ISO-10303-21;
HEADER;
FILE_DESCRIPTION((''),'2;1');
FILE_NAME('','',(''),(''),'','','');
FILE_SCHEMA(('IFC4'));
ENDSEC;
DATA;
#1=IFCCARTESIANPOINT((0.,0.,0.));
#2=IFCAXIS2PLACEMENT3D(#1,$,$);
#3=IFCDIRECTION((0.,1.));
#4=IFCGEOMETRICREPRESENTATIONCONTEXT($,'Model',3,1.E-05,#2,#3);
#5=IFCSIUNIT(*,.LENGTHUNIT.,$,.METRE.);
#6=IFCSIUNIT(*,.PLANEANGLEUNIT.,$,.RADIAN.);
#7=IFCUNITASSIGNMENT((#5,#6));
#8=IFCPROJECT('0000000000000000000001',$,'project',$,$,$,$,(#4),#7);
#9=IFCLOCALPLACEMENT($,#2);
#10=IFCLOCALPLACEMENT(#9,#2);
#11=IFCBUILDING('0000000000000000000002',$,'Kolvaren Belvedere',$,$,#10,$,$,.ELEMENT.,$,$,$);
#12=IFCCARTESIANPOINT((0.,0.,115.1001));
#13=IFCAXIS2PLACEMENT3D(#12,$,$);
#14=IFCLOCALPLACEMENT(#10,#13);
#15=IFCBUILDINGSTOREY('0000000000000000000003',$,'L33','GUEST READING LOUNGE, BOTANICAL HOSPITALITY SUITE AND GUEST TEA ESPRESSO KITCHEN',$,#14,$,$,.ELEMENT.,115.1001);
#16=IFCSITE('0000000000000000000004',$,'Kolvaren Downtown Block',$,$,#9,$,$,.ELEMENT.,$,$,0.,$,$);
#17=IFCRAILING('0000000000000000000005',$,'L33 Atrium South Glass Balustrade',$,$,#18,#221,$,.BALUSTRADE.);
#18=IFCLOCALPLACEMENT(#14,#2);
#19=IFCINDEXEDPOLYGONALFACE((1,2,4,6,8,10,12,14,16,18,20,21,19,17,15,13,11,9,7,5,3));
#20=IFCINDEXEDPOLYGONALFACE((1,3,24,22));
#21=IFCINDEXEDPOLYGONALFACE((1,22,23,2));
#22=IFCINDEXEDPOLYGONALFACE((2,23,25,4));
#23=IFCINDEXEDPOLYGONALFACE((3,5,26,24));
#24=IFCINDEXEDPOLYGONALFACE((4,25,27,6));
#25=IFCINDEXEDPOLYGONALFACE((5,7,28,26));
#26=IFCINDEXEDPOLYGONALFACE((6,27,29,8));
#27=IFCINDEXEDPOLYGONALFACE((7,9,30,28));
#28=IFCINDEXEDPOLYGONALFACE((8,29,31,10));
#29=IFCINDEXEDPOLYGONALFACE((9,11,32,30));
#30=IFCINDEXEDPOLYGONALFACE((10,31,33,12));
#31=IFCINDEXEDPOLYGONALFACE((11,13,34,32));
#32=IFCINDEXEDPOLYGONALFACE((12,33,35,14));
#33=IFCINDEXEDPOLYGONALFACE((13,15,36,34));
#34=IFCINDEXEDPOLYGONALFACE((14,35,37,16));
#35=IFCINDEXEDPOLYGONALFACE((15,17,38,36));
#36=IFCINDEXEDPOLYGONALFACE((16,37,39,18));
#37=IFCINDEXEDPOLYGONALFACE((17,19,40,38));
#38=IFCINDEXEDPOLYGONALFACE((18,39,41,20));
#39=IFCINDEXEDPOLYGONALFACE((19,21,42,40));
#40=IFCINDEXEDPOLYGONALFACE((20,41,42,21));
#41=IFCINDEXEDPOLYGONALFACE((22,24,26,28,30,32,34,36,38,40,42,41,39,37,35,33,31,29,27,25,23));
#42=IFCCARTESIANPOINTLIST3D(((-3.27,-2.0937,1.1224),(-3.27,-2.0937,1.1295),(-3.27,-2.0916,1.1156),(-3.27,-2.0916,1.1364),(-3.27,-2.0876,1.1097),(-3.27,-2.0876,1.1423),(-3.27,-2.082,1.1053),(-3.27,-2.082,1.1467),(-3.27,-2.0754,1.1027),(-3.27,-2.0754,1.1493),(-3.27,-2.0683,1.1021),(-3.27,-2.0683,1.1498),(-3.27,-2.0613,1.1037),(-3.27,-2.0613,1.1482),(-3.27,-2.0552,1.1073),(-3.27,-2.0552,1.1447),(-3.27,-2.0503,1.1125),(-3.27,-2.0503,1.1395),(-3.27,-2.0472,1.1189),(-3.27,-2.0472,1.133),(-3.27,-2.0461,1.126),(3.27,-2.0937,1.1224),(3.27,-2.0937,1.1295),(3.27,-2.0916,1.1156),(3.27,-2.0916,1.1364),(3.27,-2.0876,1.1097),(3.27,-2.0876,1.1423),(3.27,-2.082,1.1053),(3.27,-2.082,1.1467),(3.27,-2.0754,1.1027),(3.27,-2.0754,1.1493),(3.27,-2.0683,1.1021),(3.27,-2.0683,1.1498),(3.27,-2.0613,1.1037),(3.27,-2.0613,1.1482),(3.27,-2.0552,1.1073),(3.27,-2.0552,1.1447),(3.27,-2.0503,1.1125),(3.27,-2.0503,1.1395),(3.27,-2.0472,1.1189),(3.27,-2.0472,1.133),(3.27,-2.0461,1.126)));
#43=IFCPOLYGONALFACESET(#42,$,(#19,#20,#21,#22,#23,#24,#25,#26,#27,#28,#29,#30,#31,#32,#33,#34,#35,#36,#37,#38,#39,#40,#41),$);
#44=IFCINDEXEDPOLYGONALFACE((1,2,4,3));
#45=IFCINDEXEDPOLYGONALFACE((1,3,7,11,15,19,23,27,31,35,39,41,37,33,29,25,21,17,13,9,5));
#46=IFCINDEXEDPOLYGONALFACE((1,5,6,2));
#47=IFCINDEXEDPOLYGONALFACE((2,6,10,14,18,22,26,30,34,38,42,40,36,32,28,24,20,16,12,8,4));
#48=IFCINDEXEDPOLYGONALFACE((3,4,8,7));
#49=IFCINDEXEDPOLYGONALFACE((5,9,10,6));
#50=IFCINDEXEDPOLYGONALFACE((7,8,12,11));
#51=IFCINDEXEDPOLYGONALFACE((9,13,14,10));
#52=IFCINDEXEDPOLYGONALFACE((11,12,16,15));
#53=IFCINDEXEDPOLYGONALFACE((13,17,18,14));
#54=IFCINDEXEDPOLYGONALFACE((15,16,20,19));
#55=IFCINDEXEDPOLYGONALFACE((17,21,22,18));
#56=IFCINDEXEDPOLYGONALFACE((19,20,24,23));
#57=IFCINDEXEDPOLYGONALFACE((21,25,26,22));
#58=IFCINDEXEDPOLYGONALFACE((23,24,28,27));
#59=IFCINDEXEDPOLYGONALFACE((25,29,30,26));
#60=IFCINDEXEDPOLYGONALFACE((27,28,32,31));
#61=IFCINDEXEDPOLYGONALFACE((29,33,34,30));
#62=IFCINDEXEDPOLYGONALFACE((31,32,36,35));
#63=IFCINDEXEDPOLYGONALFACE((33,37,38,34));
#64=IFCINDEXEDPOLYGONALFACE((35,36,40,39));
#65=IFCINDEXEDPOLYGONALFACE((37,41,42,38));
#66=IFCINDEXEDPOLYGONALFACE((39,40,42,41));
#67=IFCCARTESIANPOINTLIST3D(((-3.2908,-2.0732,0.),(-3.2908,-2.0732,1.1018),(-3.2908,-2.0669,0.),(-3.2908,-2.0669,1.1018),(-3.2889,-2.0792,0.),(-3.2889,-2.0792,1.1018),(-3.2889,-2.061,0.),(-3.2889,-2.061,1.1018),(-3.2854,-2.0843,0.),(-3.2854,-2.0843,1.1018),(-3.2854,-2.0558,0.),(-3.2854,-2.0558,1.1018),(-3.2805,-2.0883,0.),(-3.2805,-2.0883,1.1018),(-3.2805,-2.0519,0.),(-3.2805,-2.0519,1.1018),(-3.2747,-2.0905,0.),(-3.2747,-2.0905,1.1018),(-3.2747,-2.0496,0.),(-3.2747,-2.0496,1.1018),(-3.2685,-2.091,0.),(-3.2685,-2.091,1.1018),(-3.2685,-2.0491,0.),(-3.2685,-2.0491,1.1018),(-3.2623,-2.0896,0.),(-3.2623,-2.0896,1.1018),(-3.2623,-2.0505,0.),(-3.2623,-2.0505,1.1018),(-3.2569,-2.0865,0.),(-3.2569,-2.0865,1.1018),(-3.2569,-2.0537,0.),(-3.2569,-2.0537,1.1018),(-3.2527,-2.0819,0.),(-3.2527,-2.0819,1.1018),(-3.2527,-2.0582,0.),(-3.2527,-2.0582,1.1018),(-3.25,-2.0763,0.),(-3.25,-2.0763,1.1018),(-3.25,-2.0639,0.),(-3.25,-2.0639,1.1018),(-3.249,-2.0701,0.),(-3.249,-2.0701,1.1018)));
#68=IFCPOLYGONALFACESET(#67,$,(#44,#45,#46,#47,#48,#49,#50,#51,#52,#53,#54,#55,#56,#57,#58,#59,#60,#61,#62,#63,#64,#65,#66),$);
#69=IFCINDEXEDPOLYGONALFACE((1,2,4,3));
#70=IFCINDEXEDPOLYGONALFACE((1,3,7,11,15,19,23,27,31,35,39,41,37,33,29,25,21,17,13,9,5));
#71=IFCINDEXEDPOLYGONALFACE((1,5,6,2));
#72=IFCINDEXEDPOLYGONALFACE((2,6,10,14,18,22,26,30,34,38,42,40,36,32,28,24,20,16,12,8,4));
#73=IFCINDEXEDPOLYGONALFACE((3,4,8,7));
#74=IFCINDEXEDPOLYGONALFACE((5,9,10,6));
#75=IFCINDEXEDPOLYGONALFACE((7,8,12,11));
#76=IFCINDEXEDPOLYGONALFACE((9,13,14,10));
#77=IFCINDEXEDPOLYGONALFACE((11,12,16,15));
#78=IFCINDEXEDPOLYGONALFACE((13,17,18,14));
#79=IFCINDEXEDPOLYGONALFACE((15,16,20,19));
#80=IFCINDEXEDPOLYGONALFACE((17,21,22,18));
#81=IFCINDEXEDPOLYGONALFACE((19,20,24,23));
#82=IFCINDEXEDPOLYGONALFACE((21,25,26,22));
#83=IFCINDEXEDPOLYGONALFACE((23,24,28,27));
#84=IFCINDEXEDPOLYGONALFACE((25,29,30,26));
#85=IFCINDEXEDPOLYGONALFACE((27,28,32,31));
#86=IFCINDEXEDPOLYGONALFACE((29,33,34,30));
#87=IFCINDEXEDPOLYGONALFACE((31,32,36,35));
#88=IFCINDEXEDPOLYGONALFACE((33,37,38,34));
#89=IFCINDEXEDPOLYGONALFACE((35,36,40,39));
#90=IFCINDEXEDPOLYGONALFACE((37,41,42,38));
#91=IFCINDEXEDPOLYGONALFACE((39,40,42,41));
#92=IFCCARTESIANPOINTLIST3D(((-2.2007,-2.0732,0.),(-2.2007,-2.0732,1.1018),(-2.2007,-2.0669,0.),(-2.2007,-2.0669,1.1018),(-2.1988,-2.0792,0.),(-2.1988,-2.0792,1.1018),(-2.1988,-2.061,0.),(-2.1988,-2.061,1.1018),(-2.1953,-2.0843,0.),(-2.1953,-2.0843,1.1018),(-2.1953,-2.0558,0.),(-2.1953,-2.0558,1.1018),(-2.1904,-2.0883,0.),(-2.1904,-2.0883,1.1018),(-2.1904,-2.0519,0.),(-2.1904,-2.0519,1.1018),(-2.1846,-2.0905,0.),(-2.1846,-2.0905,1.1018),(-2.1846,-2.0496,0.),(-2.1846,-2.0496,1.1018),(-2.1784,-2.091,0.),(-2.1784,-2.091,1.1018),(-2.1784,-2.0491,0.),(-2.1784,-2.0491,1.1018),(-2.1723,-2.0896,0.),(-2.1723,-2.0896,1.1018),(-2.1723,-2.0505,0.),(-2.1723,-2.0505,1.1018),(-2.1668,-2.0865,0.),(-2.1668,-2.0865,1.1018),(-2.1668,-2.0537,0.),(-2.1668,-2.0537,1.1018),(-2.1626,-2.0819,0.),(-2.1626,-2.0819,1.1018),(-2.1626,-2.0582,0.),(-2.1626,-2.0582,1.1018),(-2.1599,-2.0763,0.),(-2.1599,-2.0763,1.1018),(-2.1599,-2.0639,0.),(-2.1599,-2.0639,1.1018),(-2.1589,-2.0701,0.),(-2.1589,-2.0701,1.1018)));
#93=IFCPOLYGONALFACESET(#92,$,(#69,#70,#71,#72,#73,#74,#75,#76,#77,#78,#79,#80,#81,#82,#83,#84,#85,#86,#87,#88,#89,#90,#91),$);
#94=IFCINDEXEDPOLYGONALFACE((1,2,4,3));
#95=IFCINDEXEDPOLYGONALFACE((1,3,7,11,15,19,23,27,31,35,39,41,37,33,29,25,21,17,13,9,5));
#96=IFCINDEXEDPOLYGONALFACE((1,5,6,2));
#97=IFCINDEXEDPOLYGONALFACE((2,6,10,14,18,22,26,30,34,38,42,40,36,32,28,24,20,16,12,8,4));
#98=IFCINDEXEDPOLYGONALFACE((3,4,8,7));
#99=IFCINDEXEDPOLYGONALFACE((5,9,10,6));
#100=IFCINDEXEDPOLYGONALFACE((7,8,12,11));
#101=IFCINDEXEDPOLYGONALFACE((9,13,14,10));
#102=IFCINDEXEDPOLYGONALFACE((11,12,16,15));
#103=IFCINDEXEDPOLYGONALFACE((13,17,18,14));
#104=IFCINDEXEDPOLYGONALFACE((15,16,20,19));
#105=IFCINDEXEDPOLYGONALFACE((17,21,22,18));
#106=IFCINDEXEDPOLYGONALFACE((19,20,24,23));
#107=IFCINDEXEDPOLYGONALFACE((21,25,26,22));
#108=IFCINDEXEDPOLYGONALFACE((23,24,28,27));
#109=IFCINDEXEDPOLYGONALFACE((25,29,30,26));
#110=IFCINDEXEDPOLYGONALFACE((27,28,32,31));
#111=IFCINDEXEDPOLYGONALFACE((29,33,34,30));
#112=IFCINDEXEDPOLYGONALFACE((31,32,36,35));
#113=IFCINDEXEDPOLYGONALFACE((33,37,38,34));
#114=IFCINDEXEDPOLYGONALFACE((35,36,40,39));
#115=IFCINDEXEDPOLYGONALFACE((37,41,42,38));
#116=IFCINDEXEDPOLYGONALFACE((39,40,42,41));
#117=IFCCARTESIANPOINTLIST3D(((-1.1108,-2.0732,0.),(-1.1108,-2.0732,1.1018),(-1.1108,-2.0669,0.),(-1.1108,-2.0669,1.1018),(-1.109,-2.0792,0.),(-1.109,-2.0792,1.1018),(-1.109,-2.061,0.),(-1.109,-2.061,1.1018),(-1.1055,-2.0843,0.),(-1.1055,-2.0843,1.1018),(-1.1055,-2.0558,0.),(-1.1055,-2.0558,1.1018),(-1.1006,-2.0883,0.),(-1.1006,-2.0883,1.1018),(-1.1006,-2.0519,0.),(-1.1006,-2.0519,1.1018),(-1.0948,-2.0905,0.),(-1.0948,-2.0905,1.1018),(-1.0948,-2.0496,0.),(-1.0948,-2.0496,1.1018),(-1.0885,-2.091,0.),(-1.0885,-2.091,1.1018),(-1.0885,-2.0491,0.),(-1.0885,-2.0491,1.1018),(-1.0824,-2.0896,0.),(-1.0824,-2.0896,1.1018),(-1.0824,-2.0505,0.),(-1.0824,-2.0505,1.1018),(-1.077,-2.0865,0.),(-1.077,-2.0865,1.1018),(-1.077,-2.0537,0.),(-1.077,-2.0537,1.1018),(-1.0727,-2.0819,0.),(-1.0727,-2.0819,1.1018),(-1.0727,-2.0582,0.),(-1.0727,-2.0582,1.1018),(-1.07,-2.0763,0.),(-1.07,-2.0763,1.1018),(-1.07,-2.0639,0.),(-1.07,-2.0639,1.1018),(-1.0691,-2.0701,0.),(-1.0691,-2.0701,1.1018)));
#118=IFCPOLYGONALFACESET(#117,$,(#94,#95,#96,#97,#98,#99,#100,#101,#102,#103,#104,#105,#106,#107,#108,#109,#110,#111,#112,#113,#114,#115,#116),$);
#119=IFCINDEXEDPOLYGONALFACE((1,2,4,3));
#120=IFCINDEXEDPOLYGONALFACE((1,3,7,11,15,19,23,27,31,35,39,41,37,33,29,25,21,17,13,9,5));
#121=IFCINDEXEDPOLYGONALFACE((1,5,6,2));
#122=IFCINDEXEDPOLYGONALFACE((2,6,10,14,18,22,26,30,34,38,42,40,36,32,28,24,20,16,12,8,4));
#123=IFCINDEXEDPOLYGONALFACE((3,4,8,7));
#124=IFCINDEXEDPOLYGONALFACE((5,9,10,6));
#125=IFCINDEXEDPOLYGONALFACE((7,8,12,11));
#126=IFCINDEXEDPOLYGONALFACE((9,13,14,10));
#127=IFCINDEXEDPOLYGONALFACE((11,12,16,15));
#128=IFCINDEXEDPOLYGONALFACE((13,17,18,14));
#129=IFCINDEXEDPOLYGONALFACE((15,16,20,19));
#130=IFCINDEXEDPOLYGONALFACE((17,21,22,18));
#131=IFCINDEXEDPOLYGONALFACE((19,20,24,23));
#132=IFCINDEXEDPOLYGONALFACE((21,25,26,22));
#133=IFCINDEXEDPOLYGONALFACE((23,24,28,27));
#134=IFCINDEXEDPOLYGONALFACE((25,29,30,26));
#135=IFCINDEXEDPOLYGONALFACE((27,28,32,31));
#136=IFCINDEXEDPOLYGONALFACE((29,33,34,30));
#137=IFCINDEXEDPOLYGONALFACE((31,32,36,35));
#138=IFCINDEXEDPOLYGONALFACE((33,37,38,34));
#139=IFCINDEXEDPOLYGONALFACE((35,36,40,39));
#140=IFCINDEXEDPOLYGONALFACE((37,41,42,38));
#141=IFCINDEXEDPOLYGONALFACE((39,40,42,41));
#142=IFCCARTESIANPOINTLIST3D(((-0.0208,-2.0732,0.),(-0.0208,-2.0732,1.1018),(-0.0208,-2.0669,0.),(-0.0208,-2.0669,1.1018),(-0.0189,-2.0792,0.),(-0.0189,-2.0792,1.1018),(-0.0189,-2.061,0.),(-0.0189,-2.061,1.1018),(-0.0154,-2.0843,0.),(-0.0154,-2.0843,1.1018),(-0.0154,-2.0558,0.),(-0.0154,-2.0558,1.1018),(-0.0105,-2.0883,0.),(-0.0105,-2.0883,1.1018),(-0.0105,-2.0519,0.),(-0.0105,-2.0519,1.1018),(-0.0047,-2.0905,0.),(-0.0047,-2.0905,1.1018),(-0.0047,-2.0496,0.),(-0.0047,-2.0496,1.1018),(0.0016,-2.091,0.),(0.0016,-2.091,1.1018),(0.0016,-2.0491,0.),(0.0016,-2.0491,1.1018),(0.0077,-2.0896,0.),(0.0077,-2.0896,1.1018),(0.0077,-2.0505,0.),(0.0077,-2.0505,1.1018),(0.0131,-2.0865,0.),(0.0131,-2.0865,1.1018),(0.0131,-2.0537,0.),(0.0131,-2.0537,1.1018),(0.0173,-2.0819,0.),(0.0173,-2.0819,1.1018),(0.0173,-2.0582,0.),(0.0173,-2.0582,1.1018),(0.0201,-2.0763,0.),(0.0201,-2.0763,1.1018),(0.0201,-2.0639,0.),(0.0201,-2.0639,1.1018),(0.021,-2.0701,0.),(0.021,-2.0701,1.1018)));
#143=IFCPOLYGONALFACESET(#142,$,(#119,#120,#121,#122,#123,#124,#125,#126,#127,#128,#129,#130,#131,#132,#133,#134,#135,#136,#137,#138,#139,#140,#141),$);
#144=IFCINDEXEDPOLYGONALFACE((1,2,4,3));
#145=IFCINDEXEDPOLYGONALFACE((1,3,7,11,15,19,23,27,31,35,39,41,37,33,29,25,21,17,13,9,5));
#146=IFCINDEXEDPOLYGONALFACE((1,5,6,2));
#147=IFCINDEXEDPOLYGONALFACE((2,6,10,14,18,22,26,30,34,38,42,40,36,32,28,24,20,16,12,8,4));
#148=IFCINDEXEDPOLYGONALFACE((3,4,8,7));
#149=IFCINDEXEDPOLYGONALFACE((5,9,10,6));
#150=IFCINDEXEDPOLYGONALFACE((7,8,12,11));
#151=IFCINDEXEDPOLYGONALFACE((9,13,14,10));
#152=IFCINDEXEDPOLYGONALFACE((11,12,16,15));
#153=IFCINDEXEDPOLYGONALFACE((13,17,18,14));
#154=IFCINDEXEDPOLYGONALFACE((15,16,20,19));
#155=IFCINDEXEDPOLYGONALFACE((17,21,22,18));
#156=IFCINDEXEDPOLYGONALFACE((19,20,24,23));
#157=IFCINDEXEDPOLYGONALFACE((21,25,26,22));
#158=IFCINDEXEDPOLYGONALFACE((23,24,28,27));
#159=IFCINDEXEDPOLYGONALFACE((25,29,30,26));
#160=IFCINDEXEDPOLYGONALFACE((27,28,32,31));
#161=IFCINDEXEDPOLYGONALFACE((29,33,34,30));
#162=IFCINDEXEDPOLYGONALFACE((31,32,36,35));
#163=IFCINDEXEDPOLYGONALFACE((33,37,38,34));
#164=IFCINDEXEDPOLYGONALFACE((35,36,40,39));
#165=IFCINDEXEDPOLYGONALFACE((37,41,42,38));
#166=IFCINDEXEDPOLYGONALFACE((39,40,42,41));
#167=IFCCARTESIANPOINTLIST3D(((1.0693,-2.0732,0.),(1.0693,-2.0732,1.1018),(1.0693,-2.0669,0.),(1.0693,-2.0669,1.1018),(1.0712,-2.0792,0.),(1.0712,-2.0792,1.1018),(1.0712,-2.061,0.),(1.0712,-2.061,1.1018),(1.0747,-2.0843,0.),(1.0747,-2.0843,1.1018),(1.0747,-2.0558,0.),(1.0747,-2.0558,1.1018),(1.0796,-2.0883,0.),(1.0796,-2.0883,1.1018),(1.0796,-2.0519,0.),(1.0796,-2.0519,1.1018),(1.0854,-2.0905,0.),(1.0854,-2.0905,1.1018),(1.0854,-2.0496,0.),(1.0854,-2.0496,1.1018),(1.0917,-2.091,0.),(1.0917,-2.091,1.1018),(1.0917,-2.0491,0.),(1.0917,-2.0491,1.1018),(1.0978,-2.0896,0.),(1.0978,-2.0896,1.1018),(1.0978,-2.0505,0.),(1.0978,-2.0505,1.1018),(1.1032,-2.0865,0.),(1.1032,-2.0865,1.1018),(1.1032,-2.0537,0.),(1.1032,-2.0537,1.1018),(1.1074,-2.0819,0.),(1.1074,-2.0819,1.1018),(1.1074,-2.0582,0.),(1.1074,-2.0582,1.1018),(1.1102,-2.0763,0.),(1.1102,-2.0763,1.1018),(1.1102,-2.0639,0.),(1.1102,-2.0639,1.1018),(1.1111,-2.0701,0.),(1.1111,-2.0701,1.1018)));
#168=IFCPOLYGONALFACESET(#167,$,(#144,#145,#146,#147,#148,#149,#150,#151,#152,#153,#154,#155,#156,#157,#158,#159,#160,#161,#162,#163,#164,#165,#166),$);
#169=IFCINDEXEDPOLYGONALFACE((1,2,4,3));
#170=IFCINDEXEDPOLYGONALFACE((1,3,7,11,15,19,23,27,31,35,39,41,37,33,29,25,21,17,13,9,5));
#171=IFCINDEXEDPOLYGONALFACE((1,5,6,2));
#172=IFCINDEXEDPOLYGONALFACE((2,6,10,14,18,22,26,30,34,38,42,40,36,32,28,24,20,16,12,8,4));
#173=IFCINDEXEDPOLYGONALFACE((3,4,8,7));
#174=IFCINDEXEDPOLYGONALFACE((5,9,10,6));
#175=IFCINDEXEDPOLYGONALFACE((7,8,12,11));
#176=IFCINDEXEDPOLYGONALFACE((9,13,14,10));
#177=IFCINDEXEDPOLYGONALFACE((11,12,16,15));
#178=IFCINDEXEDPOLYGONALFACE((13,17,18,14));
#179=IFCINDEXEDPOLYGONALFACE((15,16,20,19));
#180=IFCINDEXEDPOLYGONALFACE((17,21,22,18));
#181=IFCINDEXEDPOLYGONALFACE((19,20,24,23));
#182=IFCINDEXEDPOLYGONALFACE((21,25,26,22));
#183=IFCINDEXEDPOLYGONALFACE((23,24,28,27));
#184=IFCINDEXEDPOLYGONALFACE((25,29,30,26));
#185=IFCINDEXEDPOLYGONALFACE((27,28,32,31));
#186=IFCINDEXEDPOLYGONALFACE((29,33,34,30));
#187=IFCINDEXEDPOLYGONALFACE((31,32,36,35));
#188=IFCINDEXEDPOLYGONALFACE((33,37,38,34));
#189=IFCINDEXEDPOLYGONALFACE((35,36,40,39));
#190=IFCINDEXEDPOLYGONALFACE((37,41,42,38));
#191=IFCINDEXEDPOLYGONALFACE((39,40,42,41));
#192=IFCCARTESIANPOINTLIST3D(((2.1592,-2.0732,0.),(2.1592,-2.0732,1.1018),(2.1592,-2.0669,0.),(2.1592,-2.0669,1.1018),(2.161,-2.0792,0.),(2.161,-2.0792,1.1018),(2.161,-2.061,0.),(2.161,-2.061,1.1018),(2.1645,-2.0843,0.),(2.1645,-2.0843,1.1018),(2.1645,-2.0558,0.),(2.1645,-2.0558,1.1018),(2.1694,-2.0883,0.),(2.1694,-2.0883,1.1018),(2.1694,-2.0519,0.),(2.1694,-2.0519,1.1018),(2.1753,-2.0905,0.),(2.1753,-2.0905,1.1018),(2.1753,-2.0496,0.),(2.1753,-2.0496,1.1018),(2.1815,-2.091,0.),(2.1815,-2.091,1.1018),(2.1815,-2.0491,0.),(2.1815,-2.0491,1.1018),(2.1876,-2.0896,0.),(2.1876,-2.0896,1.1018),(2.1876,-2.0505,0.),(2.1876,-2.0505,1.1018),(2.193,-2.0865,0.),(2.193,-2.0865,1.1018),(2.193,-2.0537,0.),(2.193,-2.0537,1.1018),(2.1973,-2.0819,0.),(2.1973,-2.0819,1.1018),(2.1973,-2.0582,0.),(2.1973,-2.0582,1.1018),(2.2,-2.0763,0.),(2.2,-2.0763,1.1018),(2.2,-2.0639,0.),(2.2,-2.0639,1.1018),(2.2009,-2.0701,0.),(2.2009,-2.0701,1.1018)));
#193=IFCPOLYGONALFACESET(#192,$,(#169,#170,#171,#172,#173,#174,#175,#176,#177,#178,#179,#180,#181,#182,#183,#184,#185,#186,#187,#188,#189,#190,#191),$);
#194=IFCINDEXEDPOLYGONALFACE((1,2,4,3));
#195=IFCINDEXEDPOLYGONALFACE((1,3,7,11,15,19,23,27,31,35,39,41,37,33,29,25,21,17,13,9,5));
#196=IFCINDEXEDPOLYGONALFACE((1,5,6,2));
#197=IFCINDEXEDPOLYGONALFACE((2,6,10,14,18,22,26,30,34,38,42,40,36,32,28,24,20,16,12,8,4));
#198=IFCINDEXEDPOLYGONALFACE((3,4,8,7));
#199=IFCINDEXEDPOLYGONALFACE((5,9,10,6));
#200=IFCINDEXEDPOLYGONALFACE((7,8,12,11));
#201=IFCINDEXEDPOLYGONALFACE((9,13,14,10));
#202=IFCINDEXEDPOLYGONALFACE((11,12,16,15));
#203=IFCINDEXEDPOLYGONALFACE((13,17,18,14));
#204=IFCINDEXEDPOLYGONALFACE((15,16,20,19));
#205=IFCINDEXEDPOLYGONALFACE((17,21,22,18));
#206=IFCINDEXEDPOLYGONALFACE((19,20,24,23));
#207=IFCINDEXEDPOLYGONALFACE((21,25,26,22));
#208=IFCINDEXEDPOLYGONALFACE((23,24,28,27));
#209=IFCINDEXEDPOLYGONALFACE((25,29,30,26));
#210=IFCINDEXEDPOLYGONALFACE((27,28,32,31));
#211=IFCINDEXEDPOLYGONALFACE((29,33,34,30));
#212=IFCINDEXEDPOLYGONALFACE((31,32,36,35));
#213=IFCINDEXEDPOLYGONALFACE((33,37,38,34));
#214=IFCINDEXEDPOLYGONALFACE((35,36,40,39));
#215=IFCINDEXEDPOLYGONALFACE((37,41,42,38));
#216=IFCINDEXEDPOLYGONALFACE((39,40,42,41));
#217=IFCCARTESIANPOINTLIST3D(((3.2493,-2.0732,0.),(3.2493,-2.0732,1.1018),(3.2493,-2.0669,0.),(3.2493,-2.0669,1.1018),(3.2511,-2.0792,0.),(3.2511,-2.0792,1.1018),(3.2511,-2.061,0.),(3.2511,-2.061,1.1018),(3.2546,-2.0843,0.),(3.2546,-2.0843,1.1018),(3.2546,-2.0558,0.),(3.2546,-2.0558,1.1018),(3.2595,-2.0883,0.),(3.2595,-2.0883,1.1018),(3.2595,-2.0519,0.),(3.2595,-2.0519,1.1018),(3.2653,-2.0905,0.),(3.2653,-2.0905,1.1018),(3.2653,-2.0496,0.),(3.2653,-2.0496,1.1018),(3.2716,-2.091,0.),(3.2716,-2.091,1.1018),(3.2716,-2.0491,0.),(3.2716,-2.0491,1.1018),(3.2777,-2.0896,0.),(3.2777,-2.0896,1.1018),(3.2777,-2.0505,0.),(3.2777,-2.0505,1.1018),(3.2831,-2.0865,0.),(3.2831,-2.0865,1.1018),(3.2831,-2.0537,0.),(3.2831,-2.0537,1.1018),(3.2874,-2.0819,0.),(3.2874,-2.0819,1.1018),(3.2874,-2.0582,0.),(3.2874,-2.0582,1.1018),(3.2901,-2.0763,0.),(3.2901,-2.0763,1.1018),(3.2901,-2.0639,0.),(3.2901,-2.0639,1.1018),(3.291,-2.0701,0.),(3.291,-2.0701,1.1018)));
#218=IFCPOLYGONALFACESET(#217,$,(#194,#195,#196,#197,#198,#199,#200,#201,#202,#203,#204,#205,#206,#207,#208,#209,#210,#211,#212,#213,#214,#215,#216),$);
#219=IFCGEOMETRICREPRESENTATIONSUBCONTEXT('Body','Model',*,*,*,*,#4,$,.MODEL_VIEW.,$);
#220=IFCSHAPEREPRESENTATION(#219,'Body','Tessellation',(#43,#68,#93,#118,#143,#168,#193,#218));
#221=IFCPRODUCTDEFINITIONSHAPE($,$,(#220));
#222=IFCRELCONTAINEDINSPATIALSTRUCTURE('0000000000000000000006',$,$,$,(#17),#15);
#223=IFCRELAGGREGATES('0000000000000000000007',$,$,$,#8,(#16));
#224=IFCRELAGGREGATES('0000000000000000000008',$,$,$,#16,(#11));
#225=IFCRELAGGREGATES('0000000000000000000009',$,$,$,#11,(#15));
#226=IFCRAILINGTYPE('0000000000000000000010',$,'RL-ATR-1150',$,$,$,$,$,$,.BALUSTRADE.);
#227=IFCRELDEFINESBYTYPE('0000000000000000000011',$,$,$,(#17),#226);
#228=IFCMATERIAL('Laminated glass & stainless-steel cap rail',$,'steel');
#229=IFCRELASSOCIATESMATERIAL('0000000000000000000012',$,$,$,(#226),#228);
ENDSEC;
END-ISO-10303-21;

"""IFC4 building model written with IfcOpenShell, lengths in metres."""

from ifc_helpers import new_model, si_unit, direction, frame, origin, origin_2d, place, context, subcontext, project, spatial, circle, extrude, material, type_object, element, save


model = new_model("IFC4")

# Units and contexts
model_context = context("Model", 3, precision=1e-05, world=origin(), true_north=direction((0.0, 1.0)))
body_context = subcontext(model_context, "Body", "Model", "MODEL_VIEW")
ifc_project = project(units=[si_unit("LENGTHUNIT", "METRE"), si_unit("PLANEANGLEUNIT", "RADIAN")], contexts=[model_context])

# Site, building, storey
site_placement = place(None, origin())
site = spatial("IfcSite", under=ifc_project, at=site_placement, Name="Kolvaren Downtown Block", CompositionType="ELEMENT", RefElevation=0.0)
building_placement = place(site_placement, origin())
building = spatial("IfcBuilding", under=site, at=building_placement, Name="Kolvaren Belvedere", CompositionType="ELEMENT")
storey_placement = place(building_placement, frame((0.0, 0.0, 115.1001)))
storey = spatial("IfcBuildingStorey", under=building, at=storey_placement, Name="L33", Description="GUEST READING LOUNGE, BOTANICAL HOSPITALITY SUITE AND GUEST TEA ESPRESSO KITCHEN", CompositionType="ELEMENT", Elevation=115.1001)

# Railing
ifc_material_1 = material(Name="Laminated glass & stainless-steel cap rail", Category="steel")
railing_type_1 = type_object("IfcRailingType", Name="RL-ATR-1150", PredefinedType="BALUSTRADE", material=ifc_material_1)
railing_1_placement = place(storey_placement, frame((-3.27, -2.0701, 0.0)))
element("IfcRailing", 1, at=railing_1_placement, inside=storey, type_object=railing_type_1, Name="L33 Atrium South Glass Balustrade", PredefinedType="BALUSTRADE", context=body_context, shape_type="SweptSolid", body=[
    extrude(circle(Radius=0.0239, at=origin_2d()), frame((0.0, 0.0, 1.126), z_axis=(1.0, 0.0, 0.0), x_axis=(0.0, 1.0, 0.0)), (0.0, 0.0, 1.0), 6.54),
    extrude(circle(Radius=0.021, at=origin_2d()), origin(), (0.0, 0.0, 1.0), 1.1018),
    extrude(circle(Radius=0.021, at=origin_2d()), frame((1.0901, 0.0, 0.0)), (0.0, 0.0, 1.0), 1.1018),
    extrude(circle(Radius=0.021, at=origin_2d()), frame((2.1799, 0.0, 0.0)), (0.0, 0.0, 1.0), 1.1018),
    extrude(circle(Radius=0.021, at=origin_2d()), frame((3.27, 0.0, 0.0)), (0.0, 0.0, 1.0), 1.1018),
    extrude(circle(Radius=0.021, at=origin_2d()), frame((4.3601, 0.0, 0.0)), (0.0, 0.0, 1.0), 1.1018),
    extrude(circle(Radius=0.021, at=origin_2d()), frame((5.45, 0.0, 0.0)), (0.0, 0.0, 1.0), 1.1018),
    extrude(circle(Radius=0.021, at=origin_2d()), frame((6.54, 0.0, 0.0)), (0.0, 0.0, 1.0), 1.1018),
])

save(model, "model.ifc")
